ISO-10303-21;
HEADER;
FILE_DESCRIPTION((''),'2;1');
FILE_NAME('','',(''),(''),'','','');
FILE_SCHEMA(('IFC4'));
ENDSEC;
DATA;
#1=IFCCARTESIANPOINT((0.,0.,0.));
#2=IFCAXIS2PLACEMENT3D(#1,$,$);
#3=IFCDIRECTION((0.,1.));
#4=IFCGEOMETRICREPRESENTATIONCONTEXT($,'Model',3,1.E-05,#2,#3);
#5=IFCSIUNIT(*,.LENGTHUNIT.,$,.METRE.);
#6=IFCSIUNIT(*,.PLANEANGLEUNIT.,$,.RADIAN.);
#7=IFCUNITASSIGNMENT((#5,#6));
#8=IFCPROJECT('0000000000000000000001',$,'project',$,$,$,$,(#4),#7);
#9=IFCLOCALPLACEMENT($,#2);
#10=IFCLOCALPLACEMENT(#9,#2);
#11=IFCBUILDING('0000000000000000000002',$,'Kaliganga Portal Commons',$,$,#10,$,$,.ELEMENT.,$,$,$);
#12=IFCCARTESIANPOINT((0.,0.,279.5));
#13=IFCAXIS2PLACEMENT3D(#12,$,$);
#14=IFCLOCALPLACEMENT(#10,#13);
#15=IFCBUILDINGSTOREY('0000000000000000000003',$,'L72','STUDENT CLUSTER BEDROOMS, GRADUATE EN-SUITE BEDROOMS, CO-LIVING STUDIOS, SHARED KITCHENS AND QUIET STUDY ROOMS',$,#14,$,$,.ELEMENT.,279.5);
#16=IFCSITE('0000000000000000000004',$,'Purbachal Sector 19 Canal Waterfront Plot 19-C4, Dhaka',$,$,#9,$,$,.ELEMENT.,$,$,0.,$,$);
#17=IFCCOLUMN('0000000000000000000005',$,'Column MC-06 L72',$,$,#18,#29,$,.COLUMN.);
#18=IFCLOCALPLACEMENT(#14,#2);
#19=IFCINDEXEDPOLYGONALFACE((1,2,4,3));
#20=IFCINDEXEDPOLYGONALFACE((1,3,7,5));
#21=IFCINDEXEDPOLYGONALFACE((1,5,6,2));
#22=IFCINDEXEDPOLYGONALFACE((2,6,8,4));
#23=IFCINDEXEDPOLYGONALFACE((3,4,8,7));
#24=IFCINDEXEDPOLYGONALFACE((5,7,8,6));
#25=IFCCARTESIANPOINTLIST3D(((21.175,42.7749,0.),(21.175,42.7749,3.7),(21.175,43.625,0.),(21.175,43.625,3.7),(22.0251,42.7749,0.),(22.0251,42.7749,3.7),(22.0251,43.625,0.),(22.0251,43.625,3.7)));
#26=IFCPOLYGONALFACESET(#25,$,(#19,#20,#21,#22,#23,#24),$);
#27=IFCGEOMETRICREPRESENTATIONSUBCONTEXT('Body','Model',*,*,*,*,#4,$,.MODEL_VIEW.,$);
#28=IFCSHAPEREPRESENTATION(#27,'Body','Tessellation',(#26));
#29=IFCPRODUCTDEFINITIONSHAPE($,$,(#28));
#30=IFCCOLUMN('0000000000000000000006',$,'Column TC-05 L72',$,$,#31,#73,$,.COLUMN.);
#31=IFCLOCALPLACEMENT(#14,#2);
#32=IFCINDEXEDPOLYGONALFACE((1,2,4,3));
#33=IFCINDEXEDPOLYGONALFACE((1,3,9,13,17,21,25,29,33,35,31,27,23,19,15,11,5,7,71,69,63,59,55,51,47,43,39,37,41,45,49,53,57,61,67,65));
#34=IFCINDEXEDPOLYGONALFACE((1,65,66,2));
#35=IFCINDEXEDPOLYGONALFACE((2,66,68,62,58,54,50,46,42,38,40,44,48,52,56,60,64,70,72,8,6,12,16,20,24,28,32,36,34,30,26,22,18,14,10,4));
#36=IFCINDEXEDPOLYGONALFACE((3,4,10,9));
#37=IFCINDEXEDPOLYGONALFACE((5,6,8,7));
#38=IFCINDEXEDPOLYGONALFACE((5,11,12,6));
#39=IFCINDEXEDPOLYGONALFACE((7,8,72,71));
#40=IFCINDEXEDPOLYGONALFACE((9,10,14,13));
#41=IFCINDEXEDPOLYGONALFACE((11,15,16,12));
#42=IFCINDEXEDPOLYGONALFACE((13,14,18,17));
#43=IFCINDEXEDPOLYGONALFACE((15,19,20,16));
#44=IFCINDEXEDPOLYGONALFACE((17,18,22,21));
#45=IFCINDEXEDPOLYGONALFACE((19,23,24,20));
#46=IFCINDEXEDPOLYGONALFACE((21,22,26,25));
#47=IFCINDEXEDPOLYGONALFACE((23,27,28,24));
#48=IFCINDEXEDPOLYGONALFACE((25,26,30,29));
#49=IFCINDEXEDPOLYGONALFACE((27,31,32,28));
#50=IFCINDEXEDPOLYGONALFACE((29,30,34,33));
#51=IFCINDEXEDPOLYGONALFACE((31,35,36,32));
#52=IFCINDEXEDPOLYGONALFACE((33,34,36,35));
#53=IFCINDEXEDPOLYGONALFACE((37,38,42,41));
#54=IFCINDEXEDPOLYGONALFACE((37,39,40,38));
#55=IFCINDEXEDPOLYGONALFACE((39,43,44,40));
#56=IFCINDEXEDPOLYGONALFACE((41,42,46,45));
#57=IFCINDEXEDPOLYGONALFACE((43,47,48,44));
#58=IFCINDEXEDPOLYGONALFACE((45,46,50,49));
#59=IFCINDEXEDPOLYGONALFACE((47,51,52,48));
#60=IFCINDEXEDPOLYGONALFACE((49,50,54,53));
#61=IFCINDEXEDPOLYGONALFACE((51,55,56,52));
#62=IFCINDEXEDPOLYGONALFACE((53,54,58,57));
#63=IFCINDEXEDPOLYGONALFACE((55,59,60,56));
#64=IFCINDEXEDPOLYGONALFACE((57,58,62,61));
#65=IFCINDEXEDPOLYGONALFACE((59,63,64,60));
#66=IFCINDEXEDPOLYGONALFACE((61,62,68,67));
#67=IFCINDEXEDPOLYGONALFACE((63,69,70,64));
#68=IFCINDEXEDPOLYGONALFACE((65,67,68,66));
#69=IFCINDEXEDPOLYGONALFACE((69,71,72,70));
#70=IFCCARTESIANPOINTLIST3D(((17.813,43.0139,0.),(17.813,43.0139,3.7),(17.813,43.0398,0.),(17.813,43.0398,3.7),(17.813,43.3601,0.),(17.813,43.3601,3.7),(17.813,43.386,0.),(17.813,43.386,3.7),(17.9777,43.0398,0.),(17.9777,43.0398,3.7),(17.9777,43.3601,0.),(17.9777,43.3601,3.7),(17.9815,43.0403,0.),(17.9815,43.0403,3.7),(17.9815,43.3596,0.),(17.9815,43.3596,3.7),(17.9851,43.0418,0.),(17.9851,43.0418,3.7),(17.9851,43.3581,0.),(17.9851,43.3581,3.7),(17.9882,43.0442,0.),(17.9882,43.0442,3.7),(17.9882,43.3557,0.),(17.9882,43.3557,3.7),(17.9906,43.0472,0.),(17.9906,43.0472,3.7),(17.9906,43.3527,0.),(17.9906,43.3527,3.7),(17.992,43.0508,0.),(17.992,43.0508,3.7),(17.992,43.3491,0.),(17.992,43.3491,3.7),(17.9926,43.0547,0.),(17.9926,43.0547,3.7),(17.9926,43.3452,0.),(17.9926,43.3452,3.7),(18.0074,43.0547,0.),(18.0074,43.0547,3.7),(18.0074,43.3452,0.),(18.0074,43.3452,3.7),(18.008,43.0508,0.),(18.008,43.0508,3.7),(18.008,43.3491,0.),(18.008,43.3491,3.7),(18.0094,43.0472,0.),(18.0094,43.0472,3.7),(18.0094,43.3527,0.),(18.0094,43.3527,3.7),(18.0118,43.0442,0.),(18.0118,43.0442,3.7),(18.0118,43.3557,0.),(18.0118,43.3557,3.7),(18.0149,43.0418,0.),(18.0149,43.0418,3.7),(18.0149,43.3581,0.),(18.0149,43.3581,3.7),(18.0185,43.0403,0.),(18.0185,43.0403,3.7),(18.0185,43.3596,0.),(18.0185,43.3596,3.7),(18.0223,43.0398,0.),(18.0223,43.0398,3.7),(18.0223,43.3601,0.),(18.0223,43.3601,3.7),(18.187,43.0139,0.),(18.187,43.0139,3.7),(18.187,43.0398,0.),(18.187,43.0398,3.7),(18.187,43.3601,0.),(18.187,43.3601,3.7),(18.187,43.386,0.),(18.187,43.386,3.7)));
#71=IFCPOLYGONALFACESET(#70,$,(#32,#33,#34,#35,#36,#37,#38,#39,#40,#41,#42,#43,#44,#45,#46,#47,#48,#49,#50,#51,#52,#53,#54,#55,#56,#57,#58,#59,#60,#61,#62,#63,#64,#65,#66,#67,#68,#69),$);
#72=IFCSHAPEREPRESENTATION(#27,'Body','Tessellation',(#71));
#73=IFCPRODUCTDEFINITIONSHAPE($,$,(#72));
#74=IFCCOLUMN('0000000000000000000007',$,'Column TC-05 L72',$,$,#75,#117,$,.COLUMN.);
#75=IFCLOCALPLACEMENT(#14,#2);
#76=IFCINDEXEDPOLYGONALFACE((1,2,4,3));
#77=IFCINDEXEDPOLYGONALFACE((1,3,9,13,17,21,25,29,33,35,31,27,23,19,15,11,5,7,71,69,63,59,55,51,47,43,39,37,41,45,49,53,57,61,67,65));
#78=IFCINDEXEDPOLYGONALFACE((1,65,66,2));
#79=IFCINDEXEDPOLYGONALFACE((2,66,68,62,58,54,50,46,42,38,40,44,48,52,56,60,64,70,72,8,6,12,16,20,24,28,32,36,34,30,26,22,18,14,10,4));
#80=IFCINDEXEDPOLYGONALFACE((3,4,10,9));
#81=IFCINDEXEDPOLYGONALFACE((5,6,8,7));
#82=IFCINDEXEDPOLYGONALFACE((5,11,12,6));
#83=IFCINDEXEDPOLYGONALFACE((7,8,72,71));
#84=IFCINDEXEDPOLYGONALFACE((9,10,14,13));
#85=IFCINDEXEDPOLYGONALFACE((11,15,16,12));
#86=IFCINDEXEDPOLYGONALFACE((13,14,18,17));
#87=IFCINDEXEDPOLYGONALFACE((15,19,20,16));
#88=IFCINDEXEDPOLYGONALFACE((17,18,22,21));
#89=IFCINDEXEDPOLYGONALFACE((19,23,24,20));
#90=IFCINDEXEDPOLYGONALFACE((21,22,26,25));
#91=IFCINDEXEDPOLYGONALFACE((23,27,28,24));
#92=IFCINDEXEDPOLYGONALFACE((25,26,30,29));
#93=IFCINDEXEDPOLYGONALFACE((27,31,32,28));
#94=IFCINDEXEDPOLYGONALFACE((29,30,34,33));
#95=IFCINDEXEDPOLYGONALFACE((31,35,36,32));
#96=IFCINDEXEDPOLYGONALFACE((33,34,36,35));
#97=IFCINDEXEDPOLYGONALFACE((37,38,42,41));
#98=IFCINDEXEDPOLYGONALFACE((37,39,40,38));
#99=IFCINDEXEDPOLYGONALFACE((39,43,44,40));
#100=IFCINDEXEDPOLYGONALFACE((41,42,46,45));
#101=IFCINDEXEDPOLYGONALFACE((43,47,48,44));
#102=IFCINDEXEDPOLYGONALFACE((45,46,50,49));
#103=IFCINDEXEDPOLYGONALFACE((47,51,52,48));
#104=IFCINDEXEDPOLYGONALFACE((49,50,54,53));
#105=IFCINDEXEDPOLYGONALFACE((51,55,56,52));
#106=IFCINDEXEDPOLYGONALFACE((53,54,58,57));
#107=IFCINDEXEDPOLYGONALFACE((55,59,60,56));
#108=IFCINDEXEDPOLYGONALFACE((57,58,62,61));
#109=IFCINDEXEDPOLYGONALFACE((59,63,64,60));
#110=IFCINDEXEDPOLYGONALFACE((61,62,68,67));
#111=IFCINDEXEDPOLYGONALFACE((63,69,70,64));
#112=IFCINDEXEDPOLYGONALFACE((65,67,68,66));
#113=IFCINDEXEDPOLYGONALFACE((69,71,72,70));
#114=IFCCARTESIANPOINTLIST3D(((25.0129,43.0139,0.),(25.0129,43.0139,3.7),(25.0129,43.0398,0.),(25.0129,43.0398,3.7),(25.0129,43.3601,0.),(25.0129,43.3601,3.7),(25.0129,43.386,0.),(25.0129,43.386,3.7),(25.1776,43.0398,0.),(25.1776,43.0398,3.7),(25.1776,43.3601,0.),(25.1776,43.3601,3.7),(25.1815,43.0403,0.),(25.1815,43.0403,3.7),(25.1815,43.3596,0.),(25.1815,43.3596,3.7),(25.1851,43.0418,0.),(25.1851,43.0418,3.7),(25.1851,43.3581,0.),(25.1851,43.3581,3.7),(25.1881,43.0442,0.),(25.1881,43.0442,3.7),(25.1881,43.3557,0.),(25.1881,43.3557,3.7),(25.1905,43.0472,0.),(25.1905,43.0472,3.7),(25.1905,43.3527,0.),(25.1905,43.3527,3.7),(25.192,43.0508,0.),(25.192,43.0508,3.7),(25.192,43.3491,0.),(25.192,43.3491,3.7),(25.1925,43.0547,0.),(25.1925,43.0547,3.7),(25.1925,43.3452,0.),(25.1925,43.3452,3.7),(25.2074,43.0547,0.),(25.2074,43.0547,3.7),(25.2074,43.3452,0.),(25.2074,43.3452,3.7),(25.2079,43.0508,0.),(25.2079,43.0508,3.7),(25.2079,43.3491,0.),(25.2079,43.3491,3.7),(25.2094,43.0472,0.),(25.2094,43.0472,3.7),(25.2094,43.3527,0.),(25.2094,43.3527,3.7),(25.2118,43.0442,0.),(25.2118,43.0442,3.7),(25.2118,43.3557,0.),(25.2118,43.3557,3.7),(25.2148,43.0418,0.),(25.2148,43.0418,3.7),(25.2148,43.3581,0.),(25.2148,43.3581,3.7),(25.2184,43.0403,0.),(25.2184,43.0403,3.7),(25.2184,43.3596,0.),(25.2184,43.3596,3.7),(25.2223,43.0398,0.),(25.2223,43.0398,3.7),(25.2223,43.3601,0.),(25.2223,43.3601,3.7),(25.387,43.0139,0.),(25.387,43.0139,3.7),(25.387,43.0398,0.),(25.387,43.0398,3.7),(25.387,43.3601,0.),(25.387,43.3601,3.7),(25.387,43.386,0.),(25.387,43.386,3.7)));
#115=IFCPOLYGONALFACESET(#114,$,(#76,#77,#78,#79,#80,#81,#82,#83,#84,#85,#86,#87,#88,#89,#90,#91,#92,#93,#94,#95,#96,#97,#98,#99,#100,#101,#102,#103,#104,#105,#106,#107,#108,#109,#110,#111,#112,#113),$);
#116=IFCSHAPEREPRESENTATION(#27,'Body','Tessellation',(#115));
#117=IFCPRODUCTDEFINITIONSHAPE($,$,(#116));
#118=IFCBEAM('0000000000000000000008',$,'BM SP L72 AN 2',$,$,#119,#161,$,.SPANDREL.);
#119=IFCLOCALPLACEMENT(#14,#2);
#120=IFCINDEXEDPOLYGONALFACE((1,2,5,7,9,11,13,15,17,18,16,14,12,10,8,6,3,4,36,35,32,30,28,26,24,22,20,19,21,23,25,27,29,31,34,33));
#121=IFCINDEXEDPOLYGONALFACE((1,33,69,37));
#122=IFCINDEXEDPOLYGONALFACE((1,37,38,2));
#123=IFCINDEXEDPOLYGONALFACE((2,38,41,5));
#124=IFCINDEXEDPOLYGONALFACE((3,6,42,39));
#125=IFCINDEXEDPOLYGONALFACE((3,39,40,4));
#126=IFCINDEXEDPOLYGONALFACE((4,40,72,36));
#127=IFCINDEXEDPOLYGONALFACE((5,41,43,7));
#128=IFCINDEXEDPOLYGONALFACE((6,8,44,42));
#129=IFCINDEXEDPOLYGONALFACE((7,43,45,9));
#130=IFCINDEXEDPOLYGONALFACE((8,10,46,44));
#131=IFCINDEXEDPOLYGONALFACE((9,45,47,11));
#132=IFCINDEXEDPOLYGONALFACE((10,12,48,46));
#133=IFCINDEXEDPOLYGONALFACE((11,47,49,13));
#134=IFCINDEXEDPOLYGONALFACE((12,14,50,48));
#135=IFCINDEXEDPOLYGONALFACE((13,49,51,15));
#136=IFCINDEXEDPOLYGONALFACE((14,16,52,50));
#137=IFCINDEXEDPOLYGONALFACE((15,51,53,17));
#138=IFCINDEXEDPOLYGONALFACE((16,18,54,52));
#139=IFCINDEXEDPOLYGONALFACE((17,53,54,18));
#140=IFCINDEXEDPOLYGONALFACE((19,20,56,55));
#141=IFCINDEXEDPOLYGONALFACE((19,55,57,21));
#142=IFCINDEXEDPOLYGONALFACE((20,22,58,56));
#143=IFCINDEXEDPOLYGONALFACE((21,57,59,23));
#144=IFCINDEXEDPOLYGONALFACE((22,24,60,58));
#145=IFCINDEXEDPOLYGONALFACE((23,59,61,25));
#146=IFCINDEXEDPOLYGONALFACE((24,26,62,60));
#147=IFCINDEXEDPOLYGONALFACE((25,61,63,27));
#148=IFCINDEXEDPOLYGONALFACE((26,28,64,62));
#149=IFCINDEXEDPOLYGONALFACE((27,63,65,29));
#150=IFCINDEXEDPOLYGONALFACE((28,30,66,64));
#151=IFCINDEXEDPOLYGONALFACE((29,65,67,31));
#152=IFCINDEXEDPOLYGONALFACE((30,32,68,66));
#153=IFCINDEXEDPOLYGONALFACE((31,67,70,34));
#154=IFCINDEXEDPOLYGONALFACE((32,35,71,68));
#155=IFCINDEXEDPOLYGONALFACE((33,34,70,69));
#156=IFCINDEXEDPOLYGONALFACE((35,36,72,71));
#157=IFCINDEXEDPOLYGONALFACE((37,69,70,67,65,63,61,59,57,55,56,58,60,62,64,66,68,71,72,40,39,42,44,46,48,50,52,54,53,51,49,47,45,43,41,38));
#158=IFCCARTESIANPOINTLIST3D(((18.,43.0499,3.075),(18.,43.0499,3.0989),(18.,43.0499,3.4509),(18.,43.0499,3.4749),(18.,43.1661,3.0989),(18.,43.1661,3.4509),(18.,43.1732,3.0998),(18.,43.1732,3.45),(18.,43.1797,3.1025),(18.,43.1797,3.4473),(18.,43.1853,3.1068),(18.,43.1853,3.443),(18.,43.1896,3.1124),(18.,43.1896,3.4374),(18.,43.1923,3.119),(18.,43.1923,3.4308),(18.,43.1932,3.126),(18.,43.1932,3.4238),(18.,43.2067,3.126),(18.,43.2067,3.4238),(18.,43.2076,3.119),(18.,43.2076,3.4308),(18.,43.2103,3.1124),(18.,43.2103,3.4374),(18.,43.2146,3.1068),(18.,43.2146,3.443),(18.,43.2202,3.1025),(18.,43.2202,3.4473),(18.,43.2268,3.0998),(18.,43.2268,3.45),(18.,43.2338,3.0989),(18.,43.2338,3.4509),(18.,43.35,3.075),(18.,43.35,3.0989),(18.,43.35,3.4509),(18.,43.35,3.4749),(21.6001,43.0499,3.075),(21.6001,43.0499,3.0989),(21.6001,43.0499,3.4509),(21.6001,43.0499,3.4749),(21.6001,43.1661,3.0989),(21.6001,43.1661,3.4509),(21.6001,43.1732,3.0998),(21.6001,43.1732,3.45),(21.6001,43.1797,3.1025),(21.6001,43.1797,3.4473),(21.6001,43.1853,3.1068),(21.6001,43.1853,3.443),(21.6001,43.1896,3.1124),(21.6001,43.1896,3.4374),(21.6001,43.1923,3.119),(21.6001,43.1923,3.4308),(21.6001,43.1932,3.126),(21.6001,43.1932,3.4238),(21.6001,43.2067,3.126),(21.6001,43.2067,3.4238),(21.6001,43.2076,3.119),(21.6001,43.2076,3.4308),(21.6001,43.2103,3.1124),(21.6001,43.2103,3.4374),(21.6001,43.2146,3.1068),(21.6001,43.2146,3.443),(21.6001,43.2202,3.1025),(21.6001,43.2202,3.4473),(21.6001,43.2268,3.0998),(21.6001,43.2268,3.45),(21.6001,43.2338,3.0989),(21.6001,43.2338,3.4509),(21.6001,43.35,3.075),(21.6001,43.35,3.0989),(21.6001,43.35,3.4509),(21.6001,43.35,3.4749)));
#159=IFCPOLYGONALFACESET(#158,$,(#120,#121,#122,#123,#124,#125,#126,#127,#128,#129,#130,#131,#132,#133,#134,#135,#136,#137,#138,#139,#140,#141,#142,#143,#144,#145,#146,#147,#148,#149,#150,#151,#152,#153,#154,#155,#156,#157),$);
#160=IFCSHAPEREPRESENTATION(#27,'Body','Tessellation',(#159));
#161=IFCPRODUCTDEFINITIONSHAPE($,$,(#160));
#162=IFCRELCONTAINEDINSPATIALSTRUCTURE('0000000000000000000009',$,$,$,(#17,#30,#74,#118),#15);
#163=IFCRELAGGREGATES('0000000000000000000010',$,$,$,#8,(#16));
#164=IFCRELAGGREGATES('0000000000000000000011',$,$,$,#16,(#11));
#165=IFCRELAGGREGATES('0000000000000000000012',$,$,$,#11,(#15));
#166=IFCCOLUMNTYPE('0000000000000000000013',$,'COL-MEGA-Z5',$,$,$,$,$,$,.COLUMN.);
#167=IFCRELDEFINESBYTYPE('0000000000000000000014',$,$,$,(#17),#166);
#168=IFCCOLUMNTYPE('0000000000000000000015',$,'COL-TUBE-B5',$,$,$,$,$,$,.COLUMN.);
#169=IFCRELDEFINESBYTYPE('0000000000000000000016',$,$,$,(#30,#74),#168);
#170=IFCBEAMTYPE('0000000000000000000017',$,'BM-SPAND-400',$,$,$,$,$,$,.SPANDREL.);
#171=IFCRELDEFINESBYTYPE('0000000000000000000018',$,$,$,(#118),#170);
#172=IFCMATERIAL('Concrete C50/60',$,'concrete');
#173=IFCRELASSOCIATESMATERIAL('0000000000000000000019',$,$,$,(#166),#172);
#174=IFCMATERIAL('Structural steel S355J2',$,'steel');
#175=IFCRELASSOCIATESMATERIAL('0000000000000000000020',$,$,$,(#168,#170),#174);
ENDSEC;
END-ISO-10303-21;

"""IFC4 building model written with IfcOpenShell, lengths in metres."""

from ifc_helpers import new_model, si_unit, direction, frame, origin, origin_2d, place, context, subcontext, project, spatial, rectangle, i_section, extrude, source, transform, mapped, material, material_profile, profile_set, type_object, element, save


model = new_model("IFC4")

# Units and contexts
model_context = context("Model", 3, precision=1e-05, world=origin(), true_north=direction((0.0, 1.0)))
body_context = subcontext(model_context, "Body", "Model", "MODEL_VIEW")
ifc_project = project(units=[si_unit("LENGTHUNIT", "METRE"), si_unit("PLANEANGLEUNIT", "RADIAN")], contexts=[model_context])

# Site, building, storey
site_placement = place(None, origin())
site = spatial("IfcSite", under=ifc_project, at=site_placement, Name="Purbachal Sector 19 Canal Waterfront Plot 19-C4, Dhaka", CompositionType="ELEMENT", RefElevation=0.0)
building_placement = place(site_placement, origin())
building = spatial("IfcBuilding", under=site, at=building_placement, Name="Kaliganga Portal Commons", CompositionType="ELEMENT")
storey_placement = place(building_placement, frame((0.0, 0.0, 279.5)))
storey = spatial("IfcBuildingStorey", under=building, at=storey_placement, Name="L72", Description="STUDENT CLUSTER BEDROOMS, GRADUATE EN-SUITE BEDROOMS, CO-LIVING STUDIOS, SHARED KITCHENS AND QUIET STUDY ROOMS", CompositionType="ELEMENT", Elevation=279.5)

# Columns
ifc_material_1 = material(Name="Concrete C50/60", Category="concrete")
ifc_material_profile_1 = material_profile(ifc_material_1, rectangle(XDim=0.8501, YDim=0.8501, at=origin_2d()), Name="RC 850x850")
ifc_profile_set_1 = profile_set([ifc_material_profile_1], Name="Concrete C50/60")
column_type_1 = type_object("IfcColumnType", Name="COL-MEGA-Z5", PredefinedType="COLUMN", material=ifc_profile_set_1)
shared_shape_1 = source(origin(), body_context, "Body", "SweptSolid", [
    extrude(rectangle(XDim=0.8501, YDim=0.8501, at=origin_2d()), origin(), (0.0, 0.0, 1.0), 3.7),
])
column_placement = place(storey_placement, frame((21.6001, 43.2, 0.0), z_axis=(0.0, 0.0, 1.0), x_axis=(1.0, 0.0, 0.0)))
element("IfcColumn", 1, at=column_placement, inside=storey, type_object=column_type_1, Name="Column MC-06 L72", PredefinedType="COLUMN", context=body_context, shape_type="MappedRepresentation", body=[
    mapped(shared_shape_1, transform((0.0, 0.0, 0.0), x_axis=(1.0, 0.0, 0.0), y_axis=(0.0, 1.0, 0.0), z_axis=(0.0, 0.0, 1.0), scale=1.0)),
])
ifc_material_2 = material(Name="Structural steel S355J2", Category="steel")
ifc_material_profile_2 = material_profile(ifc_material_2, i_section(OverallWidth=0.374, OverallDepth=0.3721, WebThickness=0.0149, FlangeThickness=0.0259, FilletRadius=0.0149, at=origin_2d()), Name="HD 360x196")
ifc_profile_set_2 = profile_set([ifc_material_profile_2], Name="Structural steel S355J2 wide-flange")
column_type_2 = type_object("IfcColumnType", Name="COL-TUBE-B5", PredefinedType="COLUMN", material=ifc_profile_set_2)
shared_shape_2 = source(origin(), body_context, "Body", "SweptSolid", [
    extrude(i_section(OverallWidth=0.374, OverallDepth=0.3721, WebThickness=0.0149, FlangeThickness=0.0259, FilletRadius=0.0149, at=origin_2d()), origin(), (0.0, 0.0, 1.0), 3.7),
])
for number, where, z_axis, x_axis, name in (
    (2, (18.0, 43.2, 0.0), (0.0, 0.0, 1.0), (1.0, 0.0, 0.0), "Column TC-05 L72"),
    (3, (25.2, 43.2, 0.0), (0.0, 0.0, 1.0), (1.0, 0.0, 0.0), "Column TC-05 L72"),
):
    element("IfcColumn", number, at=place(storey_placement, frame(where, z_axis=z_axis, x_axis=x_axis)), inside=storey, type_object=column_type_2, Name=name, PredefinedType="COLUMN", context=body_context, shape_type="MappedRepresentation", body=[
        mapped(shared_shape_2, transform((0.0, 0.0, 0.0), x_axis=(1.0, 0.0, 0.0), y_axis=(0.0, 1.0, 0.0), z_axis=(0.0, 0.0, 1.0), scale=1.0)),
    ])

# Beam
ifc_material_profile_3 = material_profile(ifc_material_2, i_section(OverallWidth=0.3, OverallDepth=0.3999, WebThickness=0.0134, FlangeThickness=0.0239, FilletRadius=0.0271, at=origin_2d()), Name="HE 400 B")
ifc_profile_set_3 = profile_set([ifc_material_profile_3], Name="Structural steel S355J2 wide-flange")
beam_type = type_object("IfcBeamType", Name="BM-SPAND-400", PredefinedType="SPANDREL", material=ifc_profile_set_3)
shared_shape_3 = source(origin(), body_context, "Body", "SweptSolid", [
    extrude(i_section(OverallWidth=0.3, OverallDepth=0.3999, WebThickness=0.0134, FlangeThickness=0.0239, FilletRadius=0.0271, at=origin_2d()), origin(), (0.0, 0.0, 1.0), 3.6001),
])
for number, where, z_axis, x_axis, name in (
    (4, (18.0, 43.2, 3.2749), (1.0, 0.0, 0.0), (0.0, 1.0, 0.0), "BM SP L72 AN 2"),
):
    element("IfcBeam", number, at=place(storey_placement, frame(where, z_axis=z_axis, x_axis=x_axis)), inside=storey, type_object=beam_type, Name=name, PredefinedType="SPANDREL", context=body_context, shape_type="MappedRepresentation", body=[
        mapped(shared_shape_3, transform((0.0, 0.0, 0.0), x_axis=(1.0, 0.0, 0.0), y_axis=(0.0, 1.0, 0.0), z_axis=(0.0, 0.0, 1.0), scale=1.0)),
    ])

save(model, "model.ifc")
